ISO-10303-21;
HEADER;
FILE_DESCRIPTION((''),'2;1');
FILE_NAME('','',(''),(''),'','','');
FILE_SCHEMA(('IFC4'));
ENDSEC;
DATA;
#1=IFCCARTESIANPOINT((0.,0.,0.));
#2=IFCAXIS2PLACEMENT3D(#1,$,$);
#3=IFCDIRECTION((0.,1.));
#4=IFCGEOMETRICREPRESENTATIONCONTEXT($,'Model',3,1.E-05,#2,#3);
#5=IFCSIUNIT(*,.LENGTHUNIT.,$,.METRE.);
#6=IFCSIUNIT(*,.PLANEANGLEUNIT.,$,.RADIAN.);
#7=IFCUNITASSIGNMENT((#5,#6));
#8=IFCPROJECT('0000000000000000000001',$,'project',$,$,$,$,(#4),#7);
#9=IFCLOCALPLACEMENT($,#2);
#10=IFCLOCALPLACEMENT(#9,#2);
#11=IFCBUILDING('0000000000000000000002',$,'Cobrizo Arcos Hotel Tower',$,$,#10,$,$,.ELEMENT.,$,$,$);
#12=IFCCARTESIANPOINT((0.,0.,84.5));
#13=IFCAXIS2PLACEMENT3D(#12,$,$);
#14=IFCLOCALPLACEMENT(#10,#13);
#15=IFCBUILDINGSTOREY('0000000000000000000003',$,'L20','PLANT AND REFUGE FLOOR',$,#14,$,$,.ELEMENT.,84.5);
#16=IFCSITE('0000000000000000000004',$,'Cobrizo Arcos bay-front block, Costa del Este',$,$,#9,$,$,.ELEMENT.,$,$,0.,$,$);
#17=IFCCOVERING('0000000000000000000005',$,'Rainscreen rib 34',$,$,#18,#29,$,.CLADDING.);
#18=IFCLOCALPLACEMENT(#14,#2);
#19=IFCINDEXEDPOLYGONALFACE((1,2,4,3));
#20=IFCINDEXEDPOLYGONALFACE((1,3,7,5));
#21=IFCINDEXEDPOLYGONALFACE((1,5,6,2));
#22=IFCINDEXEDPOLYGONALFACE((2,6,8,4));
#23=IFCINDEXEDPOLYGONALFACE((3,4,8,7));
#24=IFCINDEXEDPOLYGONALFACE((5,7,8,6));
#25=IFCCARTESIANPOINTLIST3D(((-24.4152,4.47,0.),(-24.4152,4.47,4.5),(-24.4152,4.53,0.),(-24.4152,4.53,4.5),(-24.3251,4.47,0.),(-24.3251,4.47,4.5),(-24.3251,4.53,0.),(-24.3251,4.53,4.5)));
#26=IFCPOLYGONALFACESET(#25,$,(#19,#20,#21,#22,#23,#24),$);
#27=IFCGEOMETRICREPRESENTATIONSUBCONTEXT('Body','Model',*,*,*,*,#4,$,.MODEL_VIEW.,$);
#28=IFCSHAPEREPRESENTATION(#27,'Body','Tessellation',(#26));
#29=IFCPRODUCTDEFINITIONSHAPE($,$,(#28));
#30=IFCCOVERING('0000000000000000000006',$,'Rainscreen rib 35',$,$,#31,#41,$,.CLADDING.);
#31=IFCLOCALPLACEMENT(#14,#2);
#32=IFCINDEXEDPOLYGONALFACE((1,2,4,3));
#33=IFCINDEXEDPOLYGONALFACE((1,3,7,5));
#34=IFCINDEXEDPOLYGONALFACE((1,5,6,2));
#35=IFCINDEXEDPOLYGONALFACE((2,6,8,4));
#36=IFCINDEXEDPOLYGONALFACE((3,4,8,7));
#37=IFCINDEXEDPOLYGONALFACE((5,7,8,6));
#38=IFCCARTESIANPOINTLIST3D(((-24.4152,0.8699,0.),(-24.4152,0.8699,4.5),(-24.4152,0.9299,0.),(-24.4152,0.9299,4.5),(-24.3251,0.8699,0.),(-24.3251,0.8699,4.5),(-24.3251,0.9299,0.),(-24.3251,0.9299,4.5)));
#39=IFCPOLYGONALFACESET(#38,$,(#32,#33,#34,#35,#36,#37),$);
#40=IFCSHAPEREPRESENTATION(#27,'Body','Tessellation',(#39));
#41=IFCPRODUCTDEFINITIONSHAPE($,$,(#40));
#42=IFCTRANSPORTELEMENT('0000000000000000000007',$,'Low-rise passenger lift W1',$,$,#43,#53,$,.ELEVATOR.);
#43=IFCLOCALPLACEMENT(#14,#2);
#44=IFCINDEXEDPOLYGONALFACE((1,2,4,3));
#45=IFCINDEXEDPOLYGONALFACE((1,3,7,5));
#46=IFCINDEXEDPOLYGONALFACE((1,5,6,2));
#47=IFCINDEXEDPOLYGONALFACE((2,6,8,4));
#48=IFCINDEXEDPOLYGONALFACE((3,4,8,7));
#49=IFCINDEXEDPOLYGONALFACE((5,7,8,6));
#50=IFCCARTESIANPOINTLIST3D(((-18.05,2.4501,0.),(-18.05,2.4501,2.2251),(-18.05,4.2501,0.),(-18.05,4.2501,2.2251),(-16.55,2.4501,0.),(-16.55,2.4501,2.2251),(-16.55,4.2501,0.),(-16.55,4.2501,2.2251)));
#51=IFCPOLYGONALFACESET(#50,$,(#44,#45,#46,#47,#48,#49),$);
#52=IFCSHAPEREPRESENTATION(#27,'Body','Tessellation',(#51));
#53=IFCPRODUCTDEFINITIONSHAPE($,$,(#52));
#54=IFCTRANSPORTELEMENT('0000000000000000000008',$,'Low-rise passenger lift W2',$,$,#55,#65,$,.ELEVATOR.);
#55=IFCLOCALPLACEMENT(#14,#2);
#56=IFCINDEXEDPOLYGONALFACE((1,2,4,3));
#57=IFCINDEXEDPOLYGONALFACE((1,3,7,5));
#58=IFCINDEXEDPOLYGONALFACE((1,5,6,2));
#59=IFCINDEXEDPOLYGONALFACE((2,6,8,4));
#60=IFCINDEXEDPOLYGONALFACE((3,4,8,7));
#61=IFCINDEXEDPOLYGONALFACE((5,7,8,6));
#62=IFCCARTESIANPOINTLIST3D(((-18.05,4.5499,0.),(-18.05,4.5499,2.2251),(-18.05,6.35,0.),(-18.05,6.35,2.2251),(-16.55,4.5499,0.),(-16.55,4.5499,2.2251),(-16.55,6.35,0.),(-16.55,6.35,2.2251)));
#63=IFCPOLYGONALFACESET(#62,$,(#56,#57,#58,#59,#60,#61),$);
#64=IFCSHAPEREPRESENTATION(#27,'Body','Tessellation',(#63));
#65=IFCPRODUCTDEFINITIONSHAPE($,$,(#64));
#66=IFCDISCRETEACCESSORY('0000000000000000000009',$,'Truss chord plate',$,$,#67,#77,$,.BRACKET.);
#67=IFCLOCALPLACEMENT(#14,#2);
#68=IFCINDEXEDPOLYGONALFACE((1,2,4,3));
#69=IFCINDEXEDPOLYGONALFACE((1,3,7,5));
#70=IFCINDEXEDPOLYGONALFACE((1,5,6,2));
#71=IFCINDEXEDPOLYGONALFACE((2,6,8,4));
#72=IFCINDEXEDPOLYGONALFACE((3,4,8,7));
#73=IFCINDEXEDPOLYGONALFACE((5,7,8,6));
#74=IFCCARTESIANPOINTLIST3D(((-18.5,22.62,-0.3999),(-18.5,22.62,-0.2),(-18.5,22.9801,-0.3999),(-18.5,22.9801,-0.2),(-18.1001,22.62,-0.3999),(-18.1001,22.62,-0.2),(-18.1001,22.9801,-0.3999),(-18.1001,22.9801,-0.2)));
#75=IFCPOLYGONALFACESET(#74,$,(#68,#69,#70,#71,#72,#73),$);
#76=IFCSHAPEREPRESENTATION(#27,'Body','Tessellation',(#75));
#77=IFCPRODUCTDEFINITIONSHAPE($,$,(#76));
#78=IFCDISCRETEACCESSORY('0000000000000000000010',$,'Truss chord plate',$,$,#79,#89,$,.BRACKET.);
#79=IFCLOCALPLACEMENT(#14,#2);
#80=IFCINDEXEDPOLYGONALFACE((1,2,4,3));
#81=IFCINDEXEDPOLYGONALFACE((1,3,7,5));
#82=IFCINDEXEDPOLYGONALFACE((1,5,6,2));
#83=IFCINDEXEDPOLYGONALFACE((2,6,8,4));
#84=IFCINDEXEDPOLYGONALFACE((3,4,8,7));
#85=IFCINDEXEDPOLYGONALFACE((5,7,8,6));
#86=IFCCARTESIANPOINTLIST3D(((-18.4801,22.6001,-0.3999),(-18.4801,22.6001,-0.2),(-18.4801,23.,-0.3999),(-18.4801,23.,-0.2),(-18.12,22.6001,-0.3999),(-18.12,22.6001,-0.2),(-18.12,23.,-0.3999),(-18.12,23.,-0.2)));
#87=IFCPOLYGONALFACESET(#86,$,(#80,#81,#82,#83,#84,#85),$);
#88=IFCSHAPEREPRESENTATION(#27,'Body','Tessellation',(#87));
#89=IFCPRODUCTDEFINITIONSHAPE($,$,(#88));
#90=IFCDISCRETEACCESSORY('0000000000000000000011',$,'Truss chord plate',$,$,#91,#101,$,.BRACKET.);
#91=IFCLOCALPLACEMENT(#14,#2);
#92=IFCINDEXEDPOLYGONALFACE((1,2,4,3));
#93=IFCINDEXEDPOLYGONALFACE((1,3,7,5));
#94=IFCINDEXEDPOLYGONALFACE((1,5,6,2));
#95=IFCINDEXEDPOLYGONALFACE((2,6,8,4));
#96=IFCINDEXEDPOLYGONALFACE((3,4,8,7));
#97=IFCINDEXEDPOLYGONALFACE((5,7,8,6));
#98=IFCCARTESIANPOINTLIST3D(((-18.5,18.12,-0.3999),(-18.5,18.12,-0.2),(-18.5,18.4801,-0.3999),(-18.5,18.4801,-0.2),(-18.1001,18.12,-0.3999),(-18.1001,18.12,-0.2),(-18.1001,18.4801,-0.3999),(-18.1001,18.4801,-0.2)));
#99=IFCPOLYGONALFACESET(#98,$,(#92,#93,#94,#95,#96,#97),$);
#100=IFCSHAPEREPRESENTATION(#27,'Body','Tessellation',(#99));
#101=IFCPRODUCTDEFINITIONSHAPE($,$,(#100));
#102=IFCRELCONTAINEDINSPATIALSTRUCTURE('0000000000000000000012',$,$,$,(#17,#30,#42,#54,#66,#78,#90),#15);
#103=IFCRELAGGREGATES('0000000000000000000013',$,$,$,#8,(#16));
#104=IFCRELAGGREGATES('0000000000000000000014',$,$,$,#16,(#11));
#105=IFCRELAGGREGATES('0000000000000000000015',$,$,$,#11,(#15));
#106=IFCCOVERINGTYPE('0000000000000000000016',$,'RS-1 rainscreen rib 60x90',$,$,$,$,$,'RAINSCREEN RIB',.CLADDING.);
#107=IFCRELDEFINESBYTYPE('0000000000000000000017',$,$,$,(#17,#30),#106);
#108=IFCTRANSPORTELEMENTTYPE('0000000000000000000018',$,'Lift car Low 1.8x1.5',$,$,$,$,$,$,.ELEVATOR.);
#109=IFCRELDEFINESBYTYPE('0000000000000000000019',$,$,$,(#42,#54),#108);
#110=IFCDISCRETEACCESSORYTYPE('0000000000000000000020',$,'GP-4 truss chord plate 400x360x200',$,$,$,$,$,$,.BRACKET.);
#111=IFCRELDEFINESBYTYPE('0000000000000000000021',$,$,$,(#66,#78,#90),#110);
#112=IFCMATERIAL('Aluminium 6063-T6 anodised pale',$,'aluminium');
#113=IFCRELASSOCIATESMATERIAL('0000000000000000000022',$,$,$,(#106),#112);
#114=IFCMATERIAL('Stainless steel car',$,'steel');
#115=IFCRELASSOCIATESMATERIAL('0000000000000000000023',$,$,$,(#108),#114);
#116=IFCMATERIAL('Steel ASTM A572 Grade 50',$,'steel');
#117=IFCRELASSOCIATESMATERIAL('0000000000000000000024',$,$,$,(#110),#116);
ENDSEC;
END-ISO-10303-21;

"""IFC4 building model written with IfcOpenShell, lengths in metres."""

from ifc_helpers import new_model, si_unit, direction, frame, origin, origin_2d, place, context, subcontext, project, spatial, rectangle, extrude, material, type_object, element, save


model = new_model("IFC4")

# Units and contexts
model_context = context("Model", 3, precision=1e-05, world=origin(), true_north=direction((0.0, 1.0)))
body_context = subcontext(model_context, "Body", "Model", "MODEL_VIEW")
ifc_project = project(units=[si_unit("LENGTHUNIT", "METRE"), si_unit("PLANEANGLEUNIT", "RADIAN")], contexts=[model_context])

# Site, building, storey
site_placement = place(None, origin())
site = spatial("IfcSite", under=ifc_project, at=site_placement, Name="Cobrizo Arcos bay-front block, Costa del Este", CompositionType="ELEMENT", RefElevation=0.0)
building_placement = place(site_placement, origin())
building = spatial("IfcBuilding", under=site, at=building_placement, Name="Cobrizo Arcos Hotel Tower", CompositionType="ELEMENT")
storey_placement = place(building_placement, frame((0.0, 0.0, 84.5)))
storey = spatial("IfcBuildingStorey", under=building, at=storey_placement, Name="L20", Description="PLANT AND REFUGE FLOOR", CompositionType="ELEMENT", Elevation=84.5)

# Shared definitions
ifc_material_1 = material(Name="Steel ASTM A572 Grade 50", Category="steel")

# Coverings
ifc_material_2 = material(Name="Aluminium 6063-T6 anodised pale", Category="aluminium")
covering_type = type_object("IfcCoveringType", Name="RS-1 rainscreen rib 60x90", ElementType="RAINSCREEN RIB", PredefinedType="CLADDING", material=ifc_material_2)
for number, where, z_axis, x_axis, name in (
    (1, (-24.3701, 4.5, 0.0), (0.0, 0.0, 1.0), (0.0, -1.0, 0.0), "Rainscreen rib 34"),
    (2, (-24.3701, 0.8999, 0.0), (0.0, 0.0, 1.0), (0.0, -1.0, 0.0), "Rainscreen rib 35"),
):
    element("IfcCovering", number, at=place(storey_placement, frame(where, z_axis=z_axis, x_axis=x_axis)), inside=storey, type_object=covering_type, Name=name, PredefinedType="CLADDING", context=body_context, shape_type="SweptSolid", body=[
        extrude(rectangle(XDim=0.0601, YDim=0.0901, at=origin_2d()), origin(), (0.0, 0.0, 1.0), 4.5),
    ])

# Transport elements
ifc_material_3 = material(Name="Stainless steel car", Category="steel")
transport_element_type = type_object("IfcTransportElementType", Name="Lift car Low 1.8x1.5", PredefinedType="ELEVATOR", material=ifc_material_3)
for number, where, z_axis, x_axis, name in (
    (3, (-17.3, 3.3501, 0.0), (0.0, 0.0, 1.0), (1.0, 0.0, 0.0), "Low-rise passenger lift W1"),
    (4, (-17.3, 5.45, 0.0), (0.0, 0.0, 1.0), (1.0, 0.0, 0.0), "Low-rise passenger lift W2"),
):
    element("IfcTransportElement", number, at=place(storey_placement, frame(where, z_axis=z_axis, x_axis=x_axis)), inside=storey, type_object=transport_element_type, Name=name, PredefinedType="ELEVATOR", context=body_context, shape_type="SweptSolid", body=[
        extrude(rectangle(XDim=1.5, YDim=1.8, at=origin_2d()), origin(), (0.0, 0.0, 1.0), 2.2251),
    ])

# Discrete accessories
discrete_accessory_type = type_object("IfcDiscreteAccessoryType", Name="GP-4 truss chord plate 400x360x200", PredefinedType="BRACKET", material=ifc_material_1)
for number, where, z_axis, x_axis, name in (
    (5, (-18.3, 22.8, -0.3999), (0.0, 0.0, 1.0), (-1.0, 0.0, 0.0), "Truss chord plate"),
    (6, (-18.3, 22.8, -0.3999), (0.0, 0.0, 1.0), (0.0, -1.0, 0.0), "Truss chord plate"),
    (7, (-18.3, 18.3, -0.3999), (0.0, 0.0, 1.0), (-1.0, 0.0, 0.0), "Truss chord plate"),
):
    element("IfcDiscreteAccessory", number, at=place(storey_placement, frame(where, z_axis=z_axis, x_axis=x_axis)), inside=storey, type_object=discrete_accessory_type, Name=name, PredefinedType="BRACKET", context=body_context, shape_type="SweptSolid", body=[
        extrude(rectangle(XDim=0.3999, YDim=0.3601, at=origin_2d()), origin(), (0.0, 0.0, 1.0), 0.2),
    ])

save(model, "model.ifc")
